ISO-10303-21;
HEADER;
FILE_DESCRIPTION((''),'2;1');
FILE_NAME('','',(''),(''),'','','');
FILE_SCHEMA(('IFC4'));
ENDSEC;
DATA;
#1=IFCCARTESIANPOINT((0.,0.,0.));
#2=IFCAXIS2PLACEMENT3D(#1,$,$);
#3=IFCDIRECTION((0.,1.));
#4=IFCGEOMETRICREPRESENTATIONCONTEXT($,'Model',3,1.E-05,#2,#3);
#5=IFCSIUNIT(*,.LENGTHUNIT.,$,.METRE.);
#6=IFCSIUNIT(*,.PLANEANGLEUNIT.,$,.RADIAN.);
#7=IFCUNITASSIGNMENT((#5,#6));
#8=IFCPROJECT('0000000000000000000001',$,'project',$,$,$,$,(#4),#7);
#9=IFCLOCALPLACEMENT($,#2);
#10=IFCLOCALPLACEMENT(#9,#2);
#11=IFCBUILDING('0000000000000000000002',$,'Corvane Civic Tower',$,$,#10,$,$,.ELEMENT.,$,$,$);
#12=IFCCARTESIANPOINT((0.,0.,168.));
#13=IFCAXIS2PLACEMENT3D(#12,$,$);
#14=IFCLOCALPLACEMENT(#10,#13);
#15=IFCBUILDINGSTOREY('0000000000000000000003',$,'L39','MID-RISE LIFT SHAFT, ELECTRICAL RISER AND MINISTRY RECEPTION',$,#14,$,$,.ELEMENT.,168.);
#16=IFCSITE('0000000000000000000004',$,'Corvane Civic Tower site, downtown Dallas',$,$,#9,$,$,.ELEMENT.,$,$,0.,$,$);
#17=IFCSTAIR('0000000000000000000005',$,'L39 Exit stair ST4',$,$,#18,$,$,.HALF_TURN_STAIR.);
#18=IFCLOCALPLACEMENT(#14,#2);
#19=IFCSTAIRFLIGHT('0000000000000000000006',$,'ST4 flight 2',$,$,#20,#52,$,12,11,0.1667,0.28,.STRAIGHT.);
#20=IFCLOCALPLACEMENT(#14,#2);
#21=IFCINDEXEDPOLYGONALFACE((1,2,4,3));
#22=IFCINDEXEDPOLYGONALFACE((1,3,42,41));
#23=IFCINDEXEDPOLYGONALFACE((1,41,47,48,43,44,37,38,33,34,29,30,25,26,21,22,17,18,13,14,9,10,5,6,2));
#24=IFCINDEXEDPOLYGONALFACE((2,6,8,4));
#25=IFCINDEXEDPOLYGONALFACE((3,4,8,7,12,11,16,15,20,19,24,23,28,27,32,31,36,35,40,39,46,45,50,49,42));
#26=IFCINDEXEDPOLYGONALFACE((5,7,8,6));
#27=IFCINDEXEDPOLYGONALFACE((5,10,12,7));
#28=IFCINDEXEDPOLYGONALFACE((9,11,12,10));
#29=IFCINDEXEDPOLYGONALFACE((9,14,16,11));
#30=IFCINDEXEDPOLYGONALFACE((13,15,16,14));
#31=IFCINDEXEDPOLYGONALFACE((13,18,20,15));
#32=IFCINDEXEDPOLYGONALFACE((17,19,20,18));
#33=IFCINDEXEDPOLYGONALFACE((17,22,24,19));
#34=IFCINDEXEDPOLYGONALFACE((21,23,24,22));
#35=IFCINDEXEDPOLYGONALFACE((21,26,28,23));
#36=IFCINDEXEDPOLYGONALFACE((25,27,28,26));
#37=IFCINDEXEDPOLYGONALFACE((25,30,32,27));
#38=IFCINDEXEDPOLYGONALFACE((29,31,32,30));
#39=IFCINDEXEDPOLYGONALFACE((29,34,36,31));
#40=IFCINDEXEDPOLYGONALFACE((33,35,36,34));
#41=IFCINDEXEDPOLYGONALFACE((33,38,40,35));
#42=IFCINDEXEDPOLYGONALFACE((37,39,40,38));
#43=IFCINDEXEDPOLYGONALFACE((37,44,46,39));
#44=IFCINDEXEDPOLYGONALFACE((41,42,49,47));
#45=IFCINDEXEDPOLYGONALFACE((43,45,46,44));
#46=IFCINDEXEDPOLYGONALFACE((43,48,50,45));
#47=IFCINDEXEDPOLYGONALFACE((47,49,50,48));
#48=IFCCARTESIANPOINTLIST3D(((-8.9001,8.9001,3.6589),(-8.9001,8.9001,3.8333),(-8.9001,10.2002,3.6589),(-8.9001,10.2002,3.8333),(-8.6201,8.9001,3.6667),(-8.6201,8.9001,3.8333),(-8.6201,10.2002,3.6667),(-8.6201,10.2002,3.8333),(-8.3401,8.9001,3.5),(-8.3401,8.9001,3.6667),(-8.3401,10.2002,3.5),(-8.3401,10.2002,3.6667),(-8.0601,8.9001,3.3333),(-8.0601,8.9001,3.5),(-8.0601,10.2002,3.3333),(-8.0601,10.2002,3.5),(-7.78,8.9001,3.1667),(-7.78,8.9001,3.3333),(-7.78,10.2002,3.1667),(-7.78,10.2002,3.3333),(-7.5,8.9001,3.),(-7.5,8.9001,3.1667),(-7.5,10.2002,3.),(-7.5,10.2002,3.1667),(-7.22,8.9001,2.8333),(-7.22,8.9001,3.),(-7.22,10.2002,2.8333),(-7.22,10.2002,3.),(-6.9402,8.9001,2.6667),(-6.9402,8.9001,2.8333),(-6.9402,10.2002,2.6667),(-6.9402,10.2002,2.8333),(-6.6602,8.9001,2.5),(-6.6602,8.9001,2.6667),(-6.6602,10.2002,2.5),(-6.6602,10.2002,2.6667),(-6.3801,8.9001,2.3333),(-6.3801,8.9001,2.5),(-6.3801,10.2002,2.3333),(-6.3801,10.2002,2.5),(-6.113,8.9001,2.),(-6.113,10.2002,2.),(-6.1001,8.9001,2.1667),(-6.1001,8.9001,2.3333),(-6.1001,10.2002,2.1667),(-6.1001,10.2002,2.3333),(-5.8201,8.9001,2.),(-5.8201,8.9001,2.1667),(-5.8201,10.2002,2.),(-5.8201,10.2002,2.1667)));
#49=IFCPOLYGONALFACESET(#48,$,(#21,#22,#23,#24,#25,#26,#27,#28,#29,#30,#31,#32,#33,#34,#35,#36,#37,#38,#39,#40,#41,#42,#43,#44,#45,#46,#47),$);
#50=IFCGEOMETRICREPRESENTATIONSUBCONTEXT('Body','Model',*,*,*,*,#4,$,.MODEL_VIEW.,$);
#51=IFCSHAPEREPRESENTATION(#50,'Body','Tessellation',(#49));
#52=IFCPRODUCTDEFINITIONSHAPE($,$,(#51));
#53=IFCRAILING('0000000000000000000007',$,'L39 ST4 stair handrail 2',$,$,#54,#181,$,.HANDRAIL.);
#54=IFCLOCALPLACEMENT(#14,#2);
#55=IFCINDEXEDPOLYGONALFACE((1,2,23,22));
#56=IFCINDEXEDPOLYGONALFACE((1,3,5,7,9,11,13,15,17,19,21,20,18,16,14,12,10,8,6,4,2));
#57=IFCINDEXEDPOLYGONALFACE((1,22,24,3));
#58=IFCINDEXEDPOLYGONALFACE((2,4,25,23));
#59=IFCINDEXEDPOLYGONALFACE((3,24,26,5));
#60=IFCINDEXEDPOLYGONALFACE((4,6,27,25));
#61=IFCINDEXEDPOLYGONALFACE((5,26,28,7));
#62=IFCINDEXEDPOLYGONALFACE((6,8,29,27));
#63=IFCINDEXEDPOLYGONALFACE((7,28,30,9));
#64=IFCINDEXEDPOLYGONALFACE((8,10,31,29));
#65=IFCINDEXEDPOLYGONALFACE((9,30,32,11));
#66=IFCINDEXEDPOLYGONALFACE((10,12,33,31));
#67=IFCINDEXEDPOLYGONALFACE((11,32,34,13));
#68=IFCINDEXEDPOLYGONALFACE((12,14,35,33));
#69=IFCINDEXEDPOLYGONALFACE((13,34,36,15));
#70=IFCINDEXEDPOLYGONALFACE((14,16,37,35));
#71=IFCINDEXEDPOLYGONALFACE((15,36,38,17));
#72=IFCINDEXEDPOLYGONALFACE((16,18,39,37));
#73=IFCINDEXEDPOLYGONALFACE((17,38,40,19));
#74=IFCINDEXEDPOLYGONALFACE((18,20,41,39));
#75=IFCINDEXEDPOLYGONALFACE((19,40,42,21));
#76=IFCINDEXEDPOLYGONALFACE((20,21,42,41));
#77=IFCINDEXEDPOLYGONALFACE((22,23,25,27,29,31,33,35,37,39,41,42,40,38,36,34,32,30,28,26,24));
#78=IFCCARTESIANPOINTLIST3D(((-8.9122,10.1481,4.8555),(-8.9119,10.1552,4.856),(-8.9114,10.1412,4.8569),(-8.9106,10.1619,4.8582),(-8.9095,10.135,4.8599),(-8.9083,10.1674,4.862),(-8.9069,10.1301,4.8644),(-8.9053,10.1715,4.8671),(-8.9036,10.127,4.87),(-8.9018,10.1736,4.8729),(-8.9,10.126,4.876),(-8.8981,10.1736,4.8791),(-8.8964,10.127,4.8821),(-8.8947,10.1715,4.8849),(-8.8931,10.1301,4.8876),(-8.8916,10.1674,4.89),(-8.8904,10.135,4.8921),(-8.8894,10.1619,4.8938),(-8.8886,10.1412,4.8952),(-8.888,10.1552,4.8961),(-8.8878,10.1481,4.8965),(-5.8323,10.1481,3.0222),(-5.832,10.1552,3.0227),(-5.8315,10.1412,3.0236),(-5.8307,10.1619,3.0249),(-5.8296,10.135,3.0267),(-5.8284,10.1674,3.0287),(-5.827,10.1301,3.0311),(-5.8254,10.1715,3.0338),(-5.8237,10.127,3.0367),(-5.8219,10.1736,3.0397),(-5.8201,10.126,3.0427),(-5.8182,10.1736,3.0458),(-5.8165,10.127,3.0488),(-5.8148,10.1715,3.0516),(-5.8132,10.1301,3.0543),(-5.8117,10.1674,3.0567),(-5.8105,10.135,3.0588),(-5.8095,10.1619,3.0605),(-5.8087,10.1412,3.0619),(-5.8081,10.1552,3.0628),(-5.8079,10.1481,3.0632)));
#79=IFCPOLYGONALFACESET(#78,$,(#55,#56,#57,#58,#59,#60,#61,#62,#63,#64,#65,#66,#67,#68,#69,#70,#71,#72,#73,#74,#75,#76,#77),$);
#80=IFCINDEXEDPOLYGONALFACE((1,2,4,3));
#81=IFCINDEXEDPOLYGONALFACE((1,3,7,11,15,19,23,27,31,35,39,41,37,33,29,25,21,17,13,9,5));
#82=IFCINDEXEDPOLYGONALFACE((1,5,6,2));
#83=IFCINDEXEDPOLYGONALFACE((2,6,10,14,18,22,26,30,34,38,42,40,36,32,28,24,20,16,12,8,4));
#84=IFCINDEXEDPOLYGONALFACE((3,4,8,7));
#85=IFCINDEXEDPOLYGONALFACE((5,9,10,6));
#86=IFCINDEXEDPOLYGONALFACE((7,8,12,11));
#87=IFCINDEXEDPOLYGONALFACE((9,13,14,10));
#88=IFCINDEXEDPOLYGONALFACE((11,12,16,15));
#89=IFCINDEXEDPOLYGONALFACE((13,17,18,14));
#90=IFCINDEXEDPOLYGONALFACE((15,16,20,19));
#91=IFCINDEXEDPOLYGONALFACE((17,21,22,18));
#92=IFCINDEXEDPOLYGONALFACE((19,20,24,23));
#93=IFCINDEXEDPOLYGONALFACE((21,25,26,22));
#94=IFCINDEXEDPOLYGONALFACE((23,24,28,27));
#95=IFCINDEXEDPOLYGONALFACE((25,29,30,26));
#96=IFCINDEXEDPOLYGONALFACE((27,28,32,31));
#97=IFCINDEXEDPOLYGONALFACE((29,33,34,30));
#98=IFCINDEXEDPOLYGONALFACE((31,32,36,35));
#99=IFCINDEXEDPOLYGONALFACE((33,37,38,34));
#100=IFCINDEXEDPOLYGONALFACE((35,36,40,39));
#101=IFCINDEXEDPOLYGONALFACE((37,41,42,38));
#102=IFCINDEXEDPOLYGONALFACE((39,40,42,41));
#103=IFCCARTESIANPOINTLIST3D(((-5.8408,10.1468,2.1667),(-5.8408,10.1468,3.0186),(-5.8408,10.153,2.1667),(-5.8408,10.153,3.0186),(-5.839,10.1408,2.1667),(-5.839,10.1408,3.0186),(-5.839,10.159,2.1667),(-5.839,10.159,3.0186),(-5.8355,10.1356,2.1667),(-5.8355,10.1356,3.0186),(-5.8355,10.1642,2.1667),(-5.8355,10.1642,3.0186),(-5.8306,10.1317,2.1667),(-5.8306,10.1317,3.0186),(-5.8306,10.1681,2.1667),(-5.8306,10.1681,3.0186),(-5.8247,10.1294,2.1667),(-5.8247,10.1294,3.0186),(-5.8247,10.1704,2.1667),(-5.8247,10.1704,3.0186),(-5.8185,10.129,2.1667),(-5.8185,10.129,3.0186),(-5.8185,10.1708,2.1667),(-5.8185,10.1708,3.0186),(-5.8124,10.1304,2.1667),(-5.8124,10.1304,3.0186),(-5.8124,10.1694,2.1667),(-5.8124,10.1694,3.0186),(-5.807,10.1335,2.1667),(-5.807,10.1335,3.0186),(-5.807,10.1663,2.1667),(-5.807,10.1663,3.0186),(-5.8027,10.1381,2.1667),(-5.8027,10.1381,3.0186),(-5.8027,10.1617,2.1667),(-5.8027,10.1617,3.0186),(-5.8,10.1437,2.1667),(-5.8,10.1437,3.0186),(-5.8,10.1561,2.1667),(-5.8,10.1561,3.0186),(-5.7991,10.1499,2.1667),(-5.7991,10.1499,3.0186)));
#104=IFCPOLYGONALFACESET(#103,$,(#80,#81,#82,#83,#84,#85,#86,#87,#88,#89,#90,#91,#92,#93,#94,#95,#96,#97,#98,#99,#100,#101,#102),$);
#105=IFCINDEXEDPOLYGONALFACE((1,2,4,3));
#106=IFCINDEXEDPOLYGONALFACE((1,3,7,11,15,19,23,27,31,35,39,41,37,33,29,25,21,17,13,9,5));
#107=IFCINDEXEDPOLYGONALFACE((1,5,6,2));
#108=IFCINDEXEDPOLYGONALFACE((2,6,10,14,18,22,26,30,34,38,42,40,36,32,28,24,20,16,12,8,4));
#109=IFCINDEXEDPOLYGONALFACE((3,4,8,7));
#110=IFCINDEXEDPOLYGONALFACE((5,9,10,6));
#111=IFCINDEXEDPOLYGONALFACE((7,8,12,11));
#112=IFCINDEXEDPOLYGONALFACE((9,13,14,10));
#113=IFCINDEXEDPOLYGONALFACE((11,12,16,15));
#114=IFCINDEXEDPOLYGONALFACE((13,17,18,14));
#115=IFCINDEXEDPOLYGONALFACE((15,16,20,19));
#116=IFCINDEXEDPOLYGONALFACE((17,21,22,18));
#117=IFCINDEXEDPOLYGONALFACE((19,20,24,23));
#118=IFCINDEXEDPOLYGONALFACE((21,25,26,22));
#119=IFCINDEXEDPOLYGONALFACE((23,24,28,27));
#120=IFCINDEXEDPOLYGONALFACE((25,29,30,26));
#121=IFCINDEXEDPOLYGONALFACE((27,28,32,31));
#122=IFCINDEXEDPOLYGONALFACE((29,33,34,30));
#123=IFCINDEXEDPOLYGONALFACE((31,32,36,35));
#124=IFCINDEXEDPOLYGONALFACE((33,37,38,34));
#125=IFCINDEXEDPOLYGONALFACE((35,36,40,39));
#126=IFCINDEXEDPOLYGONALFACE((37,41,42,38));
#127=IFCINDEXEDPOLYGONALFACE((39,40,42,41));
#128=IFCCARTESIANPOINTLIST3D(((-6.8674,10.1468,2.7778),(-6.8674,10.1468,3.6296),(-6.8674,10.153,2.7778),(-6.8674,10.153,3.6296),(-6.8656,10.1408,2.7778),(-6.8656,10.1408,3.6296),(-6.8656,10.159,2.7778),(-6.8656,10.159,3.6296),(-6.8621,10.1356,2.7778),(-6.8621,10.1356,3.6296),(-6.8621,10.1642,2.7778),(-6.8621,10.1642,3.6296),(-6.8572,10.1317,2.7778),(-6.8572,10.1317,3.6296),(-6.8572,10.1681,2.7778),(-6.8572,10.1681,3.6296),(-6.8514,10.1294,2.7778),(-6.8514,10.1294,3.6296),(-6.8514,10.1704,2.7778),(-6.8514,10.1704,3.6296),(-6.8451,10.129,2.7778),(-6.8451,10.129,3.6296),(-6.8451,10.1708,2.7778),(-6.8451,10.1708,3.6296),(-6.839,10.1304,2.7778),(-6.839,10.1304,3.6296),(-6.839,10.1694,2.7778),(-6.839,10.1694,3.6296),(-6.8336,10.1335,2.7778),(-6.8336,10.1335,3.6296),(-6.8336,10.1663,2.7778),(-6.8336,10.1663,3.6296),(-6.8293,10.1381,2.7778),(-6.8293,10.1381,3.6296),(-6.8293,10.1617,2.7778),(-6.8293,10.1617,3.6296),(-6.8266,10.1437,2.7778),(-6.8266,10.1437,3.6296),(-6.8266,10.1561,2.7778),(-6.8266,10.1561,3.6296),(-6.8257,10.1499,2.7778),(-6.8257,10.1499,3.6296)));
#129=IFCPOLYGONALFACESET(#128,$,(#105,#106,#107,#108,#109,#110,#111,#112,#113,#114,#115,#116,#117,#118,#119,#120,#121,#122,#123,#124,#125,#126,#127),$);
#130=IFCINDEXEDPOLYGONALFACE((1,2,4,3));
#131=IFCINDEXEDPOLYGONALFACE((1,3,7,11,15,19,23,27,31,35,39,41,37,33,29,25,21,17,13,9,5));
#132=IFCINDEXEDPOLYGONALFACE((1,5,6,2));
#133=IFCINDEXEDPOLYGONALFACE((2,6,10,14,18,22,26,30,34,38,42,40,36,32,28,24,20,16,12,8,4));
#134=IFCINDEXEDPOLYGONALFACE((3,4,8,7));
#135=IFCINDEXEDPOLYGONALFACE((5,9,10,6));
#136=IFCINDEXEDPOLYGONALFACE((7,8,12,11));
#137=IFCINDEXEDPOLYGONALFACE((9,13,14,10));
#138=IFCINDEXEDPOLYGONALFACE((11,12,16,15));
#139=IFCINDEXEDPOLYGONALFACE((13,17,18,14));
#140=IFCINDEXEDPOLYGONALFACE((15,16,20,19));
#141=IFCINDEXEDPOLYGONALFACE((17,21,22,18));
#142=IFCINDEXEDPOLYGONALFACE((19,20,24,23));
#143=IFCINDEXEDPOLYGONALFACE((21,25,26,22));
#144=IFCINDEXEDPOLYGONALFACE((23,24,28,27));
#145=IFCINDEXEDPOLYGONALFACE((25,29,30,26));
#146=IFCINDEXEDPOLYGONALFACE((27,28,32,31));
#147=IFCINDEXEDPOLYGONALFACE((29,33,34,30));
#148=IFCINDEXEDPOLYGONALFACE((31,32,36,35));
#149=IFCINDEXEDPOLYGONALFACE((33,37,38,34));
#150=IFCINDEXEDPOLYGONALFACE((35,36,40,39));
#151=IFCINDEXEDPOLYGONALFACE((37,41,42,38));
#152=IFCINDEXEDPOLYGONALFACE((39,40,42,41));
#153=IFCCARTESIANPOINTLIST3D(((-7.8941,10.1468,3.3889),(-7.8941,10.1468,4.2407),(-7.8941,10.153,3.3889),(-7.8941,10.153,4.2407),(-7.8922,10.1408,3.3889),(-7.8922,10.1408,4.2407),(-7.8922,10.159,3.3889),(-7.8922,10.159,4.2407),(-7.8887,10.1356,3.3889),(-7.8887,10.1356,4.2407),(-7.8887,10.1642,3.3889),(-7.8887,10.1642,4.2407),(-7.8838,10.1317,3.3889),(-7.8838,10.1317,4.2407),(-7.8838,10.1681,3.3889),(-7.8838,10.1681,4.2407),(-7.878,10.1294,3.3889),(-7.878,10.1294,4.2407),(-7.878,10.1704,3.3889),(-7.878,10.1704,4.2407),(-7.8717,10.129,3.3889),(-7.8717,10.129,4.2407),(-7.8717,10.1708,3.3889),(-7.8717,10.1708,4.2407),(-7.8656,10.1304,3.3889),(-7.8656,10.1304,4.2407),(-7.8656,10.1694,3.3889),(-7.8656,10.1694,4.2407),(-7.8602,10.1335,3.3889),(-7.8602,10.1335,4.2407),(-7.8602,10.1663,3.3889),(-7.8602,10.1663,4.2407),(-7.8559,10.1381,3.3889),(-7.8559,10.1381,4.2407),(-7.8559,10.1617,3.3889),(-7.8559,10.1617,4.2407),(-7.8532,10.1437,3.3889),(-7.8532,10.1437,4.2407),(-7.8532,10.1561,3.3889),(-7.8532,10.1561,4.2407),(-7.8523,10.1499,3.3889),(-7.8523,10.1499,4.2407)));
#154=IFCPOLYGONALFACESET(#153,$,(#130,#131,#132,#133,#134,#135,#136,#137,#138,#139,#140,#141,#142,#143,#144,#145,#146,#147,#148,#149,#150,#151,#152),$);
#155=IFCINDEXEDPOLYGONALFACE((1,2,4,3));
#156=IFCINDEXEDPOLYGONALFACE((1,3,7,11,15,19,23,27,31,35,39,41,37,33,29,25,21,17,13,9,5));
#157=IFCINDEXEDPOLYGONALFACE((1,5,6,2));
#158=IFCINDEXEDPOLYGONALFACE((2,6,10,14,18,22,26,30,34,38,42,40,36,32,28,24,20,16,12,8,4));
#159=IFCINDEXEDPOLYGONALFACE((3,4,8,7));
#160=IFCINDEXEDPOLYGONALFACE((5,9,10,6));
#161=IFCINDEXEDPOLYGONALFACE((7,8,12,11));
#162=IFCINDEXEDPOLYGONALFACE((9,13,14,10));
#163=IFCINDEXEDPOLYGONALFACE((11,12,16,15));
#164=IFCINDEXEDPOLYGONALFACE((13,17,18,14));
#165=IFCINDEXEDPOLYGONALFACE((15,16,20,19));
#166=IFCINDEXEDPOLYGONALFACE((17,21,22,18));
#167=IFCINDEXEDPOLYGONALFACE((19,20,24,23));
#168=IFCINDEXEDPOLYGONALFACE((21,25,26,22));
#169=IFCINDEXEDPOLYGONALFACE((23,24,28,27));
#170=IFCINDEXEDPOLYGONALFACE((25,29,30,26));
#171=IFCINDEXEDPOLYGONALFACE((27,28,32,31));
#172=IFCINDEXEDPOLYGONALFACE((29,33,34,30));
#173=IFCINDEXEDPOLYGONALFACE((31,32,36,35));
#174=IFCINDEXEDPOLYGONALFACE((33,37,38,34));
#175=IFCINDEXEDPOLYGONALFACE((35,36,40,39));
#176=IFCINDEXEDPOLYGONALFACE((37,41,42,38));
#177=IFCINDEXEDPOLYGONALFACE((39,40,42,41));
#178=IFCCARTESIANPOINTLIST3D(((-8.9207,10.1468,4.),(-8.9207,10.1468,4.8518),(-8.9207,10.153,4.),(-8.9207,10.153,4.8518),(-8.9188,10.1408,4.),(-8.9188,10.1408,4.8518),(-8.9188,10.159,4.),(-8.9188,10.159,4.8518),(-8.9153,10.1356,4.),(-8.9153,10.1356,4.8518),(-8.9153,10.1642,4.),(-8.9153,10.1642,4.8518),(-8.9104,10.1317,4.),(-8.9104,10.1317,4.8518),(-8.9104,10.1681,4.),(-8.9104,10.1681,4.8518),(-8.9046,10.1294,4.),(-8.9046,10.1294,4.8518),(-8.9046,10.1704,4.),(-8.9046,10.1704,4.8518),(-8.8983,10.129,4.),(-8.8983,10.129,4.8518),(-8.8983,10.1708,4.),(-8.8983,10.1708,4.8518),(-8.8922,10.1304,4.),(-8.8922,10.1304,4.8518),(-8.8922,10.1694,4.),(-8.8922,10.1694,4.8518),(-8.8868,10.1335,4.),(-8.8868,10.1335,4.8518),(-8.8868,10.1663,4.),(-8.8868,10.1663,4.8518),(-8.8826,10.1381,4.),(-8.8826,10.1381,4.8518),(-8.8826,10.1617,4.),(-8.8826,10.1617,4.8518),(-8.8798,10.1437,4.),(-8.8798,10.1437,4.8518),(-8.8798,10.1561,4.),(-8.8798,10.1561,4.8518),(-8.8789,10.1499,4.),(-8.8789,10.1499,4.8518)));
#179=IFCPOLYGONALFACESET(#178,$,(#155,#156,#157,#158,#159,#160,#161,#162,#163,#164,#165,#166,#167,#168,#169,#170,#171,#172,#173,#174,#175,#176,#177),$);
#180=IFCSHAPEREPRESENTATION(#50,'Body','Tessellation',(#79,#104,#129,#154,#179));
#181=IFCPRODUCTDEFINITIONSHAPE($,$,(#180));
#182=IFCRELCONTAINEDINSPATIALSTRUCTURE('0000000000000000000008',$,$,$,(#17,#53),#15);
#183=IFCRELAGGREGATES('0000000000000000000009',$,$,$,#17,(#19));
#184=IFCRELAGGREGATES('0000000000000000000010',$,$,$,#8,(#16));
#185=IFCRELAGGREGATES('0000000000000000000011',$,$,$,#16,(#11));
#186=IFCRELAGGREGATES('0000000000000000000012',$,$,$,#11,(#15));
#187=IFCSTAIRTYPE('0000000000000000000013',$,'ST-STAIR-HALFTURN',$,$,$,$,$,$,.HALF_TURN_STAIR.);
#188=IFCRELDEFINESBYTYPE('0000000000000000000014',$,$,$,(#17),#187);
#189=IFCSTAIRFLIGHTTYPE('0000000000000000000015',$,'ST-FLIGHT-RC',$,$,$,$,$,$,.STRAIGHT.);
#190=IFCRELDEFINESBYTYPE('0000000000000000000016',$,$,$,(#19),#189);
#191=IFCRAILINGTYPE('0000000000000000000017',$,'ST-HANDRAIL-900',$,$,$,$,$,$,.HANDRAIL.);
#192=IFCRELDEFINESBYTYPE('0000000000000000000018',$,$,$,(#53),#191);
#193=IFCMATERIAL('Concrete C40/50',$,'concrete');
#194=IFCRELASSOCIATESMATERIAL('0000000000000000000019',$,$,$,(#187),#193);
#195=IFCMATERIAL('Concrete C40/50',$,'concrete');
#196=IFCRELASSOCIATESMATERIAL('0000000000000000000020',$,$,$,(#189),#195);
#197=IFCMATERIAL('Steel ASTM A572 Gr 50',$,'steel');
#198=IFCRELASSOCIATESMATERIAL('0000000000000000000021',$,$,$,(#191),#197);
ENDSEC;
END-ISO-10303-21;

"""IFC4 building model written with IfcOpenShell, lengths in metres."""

from ifc_helpers import new_model, si_unit, direction, frame, origin, origin_2d, place, context, subcontext, project, spatial, polyline, circle, outline, extrude, material, type_object, element, aggregate, save


model = new_model("IFC4")

# Units and contexts
model_context = context("Model", 3, precision=1e-05, world=origin(), true_north=direction((0.0, 1.0)))
body_context = subcontext(model_context, "Body", "Model", "MODEL_VIEW")
ifc_project = project(units=[si_unit("LENGTHUNIT", "METRE"), si_unit("PLANEANGLEUNIT", "RADIAN")], contexts=[model_context])

# Site, building, storey
site_placement = place(None, origin())
site = spatial("IfcSite", under=ifc_project, at=site_placement, Name="Corvane Civic Tower site, downtown Dallas", CompositionType="ELEMENT", RefElevation=0.0)
building_placement = place(site_placement, origin())
building = spatial("IfcBuilding", under=site, at=building_placement, Name="Corvane Civic Tower", CompositionType="ELEMENT")
storey_placement = place(building_placement, frame((0.0, 0.0, 168.0)))
storey = spatial("IfcBuildingStorey", under=building, at=storey_placement, Name="L39", Description="MID-RISE LIFT SHAFT, ELECTRICAL RISER AND MINISTRY RECEPTION", CompositionType="ELEMENT", Elevation=168.0)

# Stair, stair flight
ifc_material_1 = material(Name="Concrete C40/50", Category="concrete")
stair_type = type_object("IfcStairType", Name="ST-STAIR-HALFTURN", PredefinedType="HALF_TURN_STAIR", material=ifc_material_1)
stair_placement = place(storey_placement, origin())
stair = element("IfcStair", 1, at=stair_placement, inside=storey, type_object=stair_type, Name="L39 Exit stair ST4", PredefinedType="HALF_TURN_STAIR")
ifc_material_2 = material(Name="Concrete C40/50", Category="concrete")
stair_flight_type = type_object("IfcStairFlightType", Name="ST-FLIGHT-RC", PredefinedType="STRAIGHT", material=ifc_material_2)
stair_flight_1_placement = place(storey_placement, frame((-5.8201, 9.55, 2.0), z_axis=(0.0, 0.0, 1.0), x_axis=(-1.0, 0.0, 0.0)))
stair_flight_1 = element("IfcStairFlight", 2, at=stair_flight_1_placement, type_object=stair_flight_type, Name="ST4 flight 2", NumberOfRisers=12, NumberOfTreads=11, PredefinedType="STRAIGHT", RiserHeight=0.1667, TreadLength=0.28, context=body_context, shape_type="SweptSolid", body=[
    extrude(outline(polyline([(0.0, 0.0), (0.0, 0.1667), (0.28, 0.1667), (0.28, 0.3333), (0.5601, 0.3333), (0.5601, 0.5), (0.8401, 0.5), (0.8401, 0.6667), (1.1201, 0.6667), (1.1201, 0.8333), (1.3999, 0.8333), (1.3999, 1.0), (1.6799, 1.0), (1.6799, 1.1667), (1.96, 1.1667), (1.96, 1.3333), (2.24, 1.3333), (2.24, 1.5), (2.52, 1.5), (2.52, 1.6667), (2.8, 1.6667), (2.8, 1.8333), (3.0801, 1.8333), (3.0801, 2.0), (3.0801, 1.6589), (0.293, 0.0), (0.0, 0.0)])), frame((0.0, 0.6499, 0.0), z_axis=(0.0, -1.0, 0.0), x_axis=(1.0, 0.0, 0.0)), (0.0, 0.0, 1.0), 1.3),
])
aggregate(stair, [stair_flight_1])

# Railing
ifc_material_3 = material(Name="Steel ASTM A572 Gr 50", Category="steel")
railing_type = type_object("IfcRailingType", Name="ST-HANDRAIL-900", PredefinedType="HANDRAIL", material=ifc_material_3)
railing_placement = place(storey_placement, frame((-5.8201, 10.1499, 2.1667)))
element("IfcRailing", 3, at=railing_placement, inside=storey, type_object=railing_type, Name="L39 ST4 stair handrail 2", PredefinedType="HANDRAIL", context=body_context, shape_type="SweptSolid", body=[
    extrude(circle(Radius=0.0239, at=origin_2d()), frame((0.0, 0.0, 0.876), z_axis=(-0.859291, 0.0, 0.511487), x_axis=(0.0, -1.0, 0.0)), (0.0, 0.0, 1.0), 3.5842),
    extrude(circle(Radius=0.021, at=origin_2d()), origin(), (0.0, 0.0, 1.0), 0.8518),
    extrude(circle(Radius=0.021, at=origin_2d()), frame((-1.0266, 0.0, 0.6111)), (0.0, 0.0, 1.0), 0.8518),
    extrude(circle(Radius=0.021, at=origin_2d()), frame((-2.0532, 0.0, 1.2222)), (0.0, 0.0, 1.0), 0.8518),
    extrude(circle(Radius=0.021, at=origin_2d()), frame((-3.0798, 0.0, 1.8333)), (0.0, 0.0, 1.0), 0.8518),
])

save(model, "model.ifc")
